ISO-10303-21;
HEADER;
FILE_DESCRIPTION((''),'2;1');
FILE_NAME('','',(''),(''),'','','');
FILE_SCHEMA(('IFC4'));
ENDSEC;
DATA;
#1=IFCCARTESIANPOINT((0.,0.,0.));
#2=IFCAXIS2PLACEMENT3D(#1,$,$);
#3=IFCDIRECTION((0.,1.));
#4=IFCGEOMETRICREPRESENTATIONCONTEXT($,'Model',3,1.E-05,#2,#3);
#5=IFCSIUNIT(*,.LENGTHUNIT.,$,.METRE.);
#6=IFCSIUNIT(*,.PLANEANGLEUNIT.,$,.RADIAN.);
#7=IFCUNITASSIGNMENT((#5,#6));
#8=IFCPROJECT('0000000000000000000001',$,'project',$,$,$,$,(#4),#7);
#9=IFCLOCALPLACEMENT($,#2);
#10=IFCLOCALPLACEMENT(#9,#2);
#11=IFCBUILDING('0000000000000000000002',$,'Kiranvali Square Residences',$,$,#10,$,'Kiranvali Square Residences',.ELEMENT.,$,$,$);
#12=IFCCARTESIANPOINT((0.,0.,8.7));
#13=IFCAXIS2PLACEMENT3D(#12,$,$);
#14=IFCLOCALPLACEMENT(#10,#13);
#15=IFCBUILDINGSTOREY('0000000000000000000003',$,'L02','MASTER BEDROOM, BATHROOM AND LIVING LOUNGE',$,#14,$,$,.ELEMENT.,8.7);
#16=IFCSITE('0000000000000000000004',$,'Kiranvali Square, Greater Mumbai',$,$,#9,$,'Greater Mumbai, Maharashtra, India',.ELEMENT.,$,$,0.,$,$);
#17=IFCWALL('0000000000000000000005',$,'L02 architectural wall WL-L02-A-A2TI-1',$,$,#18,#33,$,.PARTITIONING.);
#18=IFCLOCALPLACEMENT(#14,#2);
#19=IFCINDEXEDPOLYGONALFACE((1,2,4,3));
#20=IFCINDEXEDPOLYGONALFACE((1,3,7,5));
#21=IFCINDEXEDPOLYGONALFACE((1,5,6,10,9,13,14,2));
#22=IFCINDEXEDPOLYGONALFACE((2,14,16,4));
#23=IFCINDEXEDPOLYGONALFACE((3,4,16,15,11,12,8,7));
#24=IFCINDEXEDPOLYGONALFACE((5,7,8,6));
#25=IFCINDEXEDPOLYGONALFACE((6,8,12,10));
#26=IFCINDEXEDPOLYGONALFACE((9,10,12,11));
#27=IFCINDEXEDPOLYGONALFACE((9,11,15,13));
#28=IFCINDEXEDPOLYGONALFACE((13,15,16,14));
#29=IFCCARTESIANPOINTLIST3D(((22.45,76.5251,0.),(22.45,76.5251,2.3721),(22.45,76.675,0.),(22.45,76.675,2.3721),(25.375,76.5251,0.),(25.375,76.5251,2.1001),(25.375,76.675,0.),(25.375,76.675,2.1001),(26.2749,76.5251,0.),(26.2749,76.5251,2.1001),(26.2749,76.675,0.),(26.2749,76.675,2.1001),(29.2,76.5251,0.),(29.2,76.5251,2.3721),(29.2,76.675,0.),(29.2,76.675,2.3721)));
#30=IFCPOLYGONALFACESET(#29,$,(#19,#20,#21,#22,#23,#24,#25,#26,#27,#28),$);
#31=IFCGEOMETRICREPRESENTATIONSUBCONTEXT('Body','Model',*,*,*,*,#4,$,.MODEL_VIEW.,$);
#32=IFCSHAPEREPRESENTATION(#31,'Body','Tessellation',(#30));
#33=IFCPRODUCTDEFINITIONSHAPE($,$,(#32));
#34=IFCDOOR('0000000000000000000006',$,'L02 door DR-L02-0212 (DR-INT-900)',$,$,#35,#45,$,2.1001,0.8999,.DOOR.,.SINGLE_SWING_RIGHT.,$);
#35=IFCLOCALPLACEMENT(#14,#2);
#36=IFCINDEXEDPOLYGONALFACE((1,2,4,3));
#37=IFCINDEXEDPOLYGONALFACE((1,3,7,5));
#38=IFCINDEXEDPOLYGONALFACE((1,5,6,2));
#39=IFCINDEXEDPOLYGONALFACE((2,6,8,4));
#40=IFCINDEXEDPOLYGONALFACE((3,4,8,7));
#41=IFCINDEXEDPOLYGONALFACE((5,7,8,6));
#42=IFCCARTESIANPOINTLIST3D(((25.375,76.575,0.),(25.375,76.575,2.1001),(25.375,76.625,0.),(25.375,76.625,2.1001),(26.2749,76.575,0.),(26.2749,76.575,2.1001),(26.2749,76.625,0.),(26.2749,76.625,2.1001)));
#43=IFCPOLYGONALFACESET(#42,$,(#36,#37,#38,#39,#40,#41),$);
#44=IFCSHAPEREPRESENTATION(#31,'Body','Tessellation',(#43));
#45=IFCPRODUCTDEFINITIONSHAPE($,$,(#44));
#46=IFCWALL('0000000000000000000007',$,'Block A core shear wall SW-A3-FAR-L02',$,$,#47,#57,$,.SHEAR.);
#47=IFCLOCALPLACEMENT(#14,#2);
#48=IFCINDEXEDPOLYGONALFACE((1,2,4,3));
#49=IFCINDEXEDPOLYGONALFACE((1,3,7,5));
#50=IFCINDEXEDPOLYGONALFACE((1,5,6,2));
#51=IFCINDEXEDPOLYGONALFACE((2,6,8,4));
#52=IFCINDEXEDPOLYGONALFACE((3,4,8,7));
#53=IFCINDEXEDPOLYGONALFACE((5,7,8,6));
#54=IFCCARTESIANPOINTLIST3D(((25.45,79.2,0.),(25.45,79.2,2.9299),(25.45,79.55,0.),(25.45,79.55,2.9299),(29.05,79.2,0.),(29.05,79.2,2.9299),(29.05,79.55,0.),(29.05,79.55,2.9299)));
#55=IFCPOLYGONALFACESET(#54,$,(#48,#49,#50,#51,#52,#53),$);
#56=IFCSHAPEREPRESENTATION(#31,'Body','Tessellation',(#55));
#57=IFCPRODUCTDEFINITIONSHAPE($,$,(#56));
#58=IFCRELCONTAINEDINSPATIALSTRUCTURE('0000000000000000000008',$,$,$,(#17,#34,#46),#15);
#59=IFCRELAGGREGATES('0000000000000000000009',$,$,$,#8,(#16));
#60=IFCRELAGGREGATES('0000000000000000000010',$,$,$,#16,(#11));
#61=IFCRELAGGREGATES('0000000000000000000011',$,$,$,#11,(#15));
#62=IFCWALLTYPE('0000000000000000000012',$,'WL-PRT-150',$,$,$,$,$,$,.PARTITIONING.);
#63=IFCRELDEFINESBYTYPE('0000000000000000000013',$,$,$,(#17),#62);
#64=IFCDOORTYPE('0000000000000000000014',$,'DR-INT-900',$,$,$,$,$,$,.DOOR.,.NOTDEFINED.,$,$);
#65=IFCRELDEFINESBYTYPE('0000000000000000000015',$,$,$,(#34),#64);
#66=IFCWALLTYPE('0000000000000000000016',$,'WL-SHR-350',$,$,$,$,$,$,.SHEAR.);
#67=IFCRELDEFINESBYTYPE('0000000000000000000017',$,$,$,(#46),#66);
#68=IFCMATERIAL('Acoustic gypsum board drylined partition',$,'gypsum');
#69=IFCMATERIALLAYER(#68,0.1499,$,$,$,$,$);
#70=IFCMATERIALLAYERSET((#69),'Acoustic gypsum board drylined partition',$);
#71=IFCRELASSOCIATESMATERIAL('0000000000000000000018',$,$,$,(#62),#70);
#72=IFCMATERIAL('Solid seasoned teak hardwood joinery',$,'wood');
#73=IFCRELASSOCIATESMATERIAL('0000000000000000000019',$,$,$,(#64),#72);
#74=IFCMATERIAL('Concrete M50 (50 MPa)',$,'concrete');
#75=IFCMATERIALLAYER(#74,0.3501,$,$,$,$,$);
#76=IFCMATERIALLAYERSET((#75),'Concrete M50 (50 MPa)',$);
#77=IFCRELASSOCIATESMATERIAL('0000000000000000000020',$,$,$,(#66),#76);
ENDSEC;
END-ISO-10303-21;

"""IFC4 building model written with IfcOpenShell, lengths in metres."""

from ifc_helpers import new_model, si_unit, direction, frame, frame_2d, origin, place, context, subcontext, project, spatial, rectangle, extrude, material, layer, layer_set, type_object, element, fill, save


model = new_model("IFC4")

# Units and contexts
model_context = context("Model", 3, precision=1e-05, world=origin(), true_north=direction((0.0, 1.0)))
body_context = subcontext(model_context, "Body", "Model", "MODEL_VIEW")
ifc_project = project(units=[si_unit("LENGTHUNIT", "METRE"), si_unit("PLANEANGLEUNIT", "RADIAN")], contexts=[model_context])

# Site, building, storey
site_placement = place(None, origin())
site = spatial("IfcSite", under=ifc_project, at=site_placement, Name="Kiranvali Square, Greater Mumbai", LongName="Greater Mumbai, Maharashtra, India", CompositionType="ELEMENT", RefElevation=0.0)
building_placement = place(site_placement, origin())
building = spatial("IfcBuilding", under=site, at=building_placement, Name="Kiranvali Square Residences", LongName="Kiranvali Square Residences", CompositionType="ELEMENT")
storey_placement = place(building_placement, frame((0.0, 0.0, 8.7)))
storey = spatial("IfcBuildingStorey", under=building, at=storey_placement, Name="L02", Description="MASTER BEDROOM, BATHROOM AND LIVING LOUNGE", CompositionType="ELEMENT", Elevation=8.7)

# Shared definitions
ifc_material_1 = material(Name="Concrete M50 (50 MPa)", Category="concrete")

# Wall, opening, door
ifc_material_2 = material(Name="Acoustic gypsum board drylined partition", Category="gypsum")
ifc_layer_1 = layer(ifc_material_2, 0.1499)
ifc_layer_set_1 = layer_set([ifc_layer_1], Name="Acoustic gypsum board drylined partition")
wall_type_1 = type_object("IfcWallType", Name="WL-PRT-150", PredefinedType="PARTITIONING", material=ifc_layer_set_1)
wall_1_placement = place(storey_placement, frame((29.2, 76.6001, 0.0), z_axis=(0.0, 0.0, 1.0), x_axis=(-1.0, 0.0, 0.0)))
wall_1 = element("IfcWall", 1, at=wall_1_placement, inside=storey, type_object=wall_type_1, Name="L02 architectural wall WL-L02-A-A2TI-1", PredefinedType="PARTITIONING", context=body_context, shape_type="SweptSolid", body=[
    extrude(rectangle(XDim=6.75, YDim=0.1499, at=frame_2d((3.375, 0.0))), origin(), (0.0, 0.0, 1.0), 2.3721),
])
opening_1_placement = place(wall_1_placement, frame((2.925, 0.0, 0.0)))
opening_1 = element("IfcOpeningElement", 2, at=opening_1_placement, cuts=wall_1, PredefinedType="OPENING", context=body_context, shape_type="SweptSolid", body=[
    extrude(rectangle(XDim=0.8999, YDim=2.1001, at=frame_2d((0.45, 1.05))), frame((0.0, 0.085, 0.0), z_axis=(0.0, -1.0, 0.0), x_axis=(1.0, 0.0, 0.0)), (0.0, 0.0, 1.0), 0.1699),
])
ifc_material_3 = material(Name="Solid seasoned teak hardwood joinery", Category="wood")
door_type = type_object("IfcDoorType", Name="DR-INT-900", OperationType="NOTDEFINED", PredefinedType="DOOR", material=ifc_material_3)
door_placement = place(opening_1_placement, frame((0.8999, 0.0, 0.0), z_axis=(0.0, 0.0, 1.0), x_axis=(-1.0, 0.0, 0.0)))
door = element("IfcDoor", 3, at=door_placement, inside=storey, type_object=door_type, Name="L02 door DR-L02-0212 (DR-INT-900)", OperationType="SINGLE_SWING_RIGHT", OverallHeight=2.1001, OverallWidth=0.8999, PredefinedType="DOOR", context=body_context, shape_type="SweptSolid", body=[
    extrude(rectangle(XDim=0.8999, YDim=2.1001, at=frame_2d((0.45, 1.05))), frame((0.0, 0.0249, 0.0), z_axis=(0.0, -1.0, 0.0), x_axis=(1.0, 0.0, 0.0)), (0.0, 0.0, 1.0), 0.05),
])
fill(opening_1, door)

# Wall
ifc_layer_2 = layer(ifc_material_1, 0.3501)
ifc_layer_set_2 = layer_set([ifc_layer_2], Name="Concrete M50 (50 MPa)")
wall_type_2 = type_object("IfcWallType", Name="WL-SHR-350", PredefinedType="SHEAR", material=ifc_layer_set_2)
wall_2_placement = place(storey_placement, frame((29.05, 79.375, 0.0), z_axis=(0.0, 0.0, 1.0), x_axis=(-1.0, 0.0, 0.0)))
element("IfcWall", 4, at=wall_2_placement, inside=storey, type_object=wall_type_2, Name="Block A core shear wall SW-A3-FAR-L02", PredefinedType="SHEAR", context=body_context, shape_type="SweptSolid", body=[
    extrude(rectangle(XDim=3.6001, YDim=0.3501, at=frame_2d((1.8, 0.0))), origin(), (0.0, 0.0, 1.0), 2.9299),
])

save(model, "model.ifc")
